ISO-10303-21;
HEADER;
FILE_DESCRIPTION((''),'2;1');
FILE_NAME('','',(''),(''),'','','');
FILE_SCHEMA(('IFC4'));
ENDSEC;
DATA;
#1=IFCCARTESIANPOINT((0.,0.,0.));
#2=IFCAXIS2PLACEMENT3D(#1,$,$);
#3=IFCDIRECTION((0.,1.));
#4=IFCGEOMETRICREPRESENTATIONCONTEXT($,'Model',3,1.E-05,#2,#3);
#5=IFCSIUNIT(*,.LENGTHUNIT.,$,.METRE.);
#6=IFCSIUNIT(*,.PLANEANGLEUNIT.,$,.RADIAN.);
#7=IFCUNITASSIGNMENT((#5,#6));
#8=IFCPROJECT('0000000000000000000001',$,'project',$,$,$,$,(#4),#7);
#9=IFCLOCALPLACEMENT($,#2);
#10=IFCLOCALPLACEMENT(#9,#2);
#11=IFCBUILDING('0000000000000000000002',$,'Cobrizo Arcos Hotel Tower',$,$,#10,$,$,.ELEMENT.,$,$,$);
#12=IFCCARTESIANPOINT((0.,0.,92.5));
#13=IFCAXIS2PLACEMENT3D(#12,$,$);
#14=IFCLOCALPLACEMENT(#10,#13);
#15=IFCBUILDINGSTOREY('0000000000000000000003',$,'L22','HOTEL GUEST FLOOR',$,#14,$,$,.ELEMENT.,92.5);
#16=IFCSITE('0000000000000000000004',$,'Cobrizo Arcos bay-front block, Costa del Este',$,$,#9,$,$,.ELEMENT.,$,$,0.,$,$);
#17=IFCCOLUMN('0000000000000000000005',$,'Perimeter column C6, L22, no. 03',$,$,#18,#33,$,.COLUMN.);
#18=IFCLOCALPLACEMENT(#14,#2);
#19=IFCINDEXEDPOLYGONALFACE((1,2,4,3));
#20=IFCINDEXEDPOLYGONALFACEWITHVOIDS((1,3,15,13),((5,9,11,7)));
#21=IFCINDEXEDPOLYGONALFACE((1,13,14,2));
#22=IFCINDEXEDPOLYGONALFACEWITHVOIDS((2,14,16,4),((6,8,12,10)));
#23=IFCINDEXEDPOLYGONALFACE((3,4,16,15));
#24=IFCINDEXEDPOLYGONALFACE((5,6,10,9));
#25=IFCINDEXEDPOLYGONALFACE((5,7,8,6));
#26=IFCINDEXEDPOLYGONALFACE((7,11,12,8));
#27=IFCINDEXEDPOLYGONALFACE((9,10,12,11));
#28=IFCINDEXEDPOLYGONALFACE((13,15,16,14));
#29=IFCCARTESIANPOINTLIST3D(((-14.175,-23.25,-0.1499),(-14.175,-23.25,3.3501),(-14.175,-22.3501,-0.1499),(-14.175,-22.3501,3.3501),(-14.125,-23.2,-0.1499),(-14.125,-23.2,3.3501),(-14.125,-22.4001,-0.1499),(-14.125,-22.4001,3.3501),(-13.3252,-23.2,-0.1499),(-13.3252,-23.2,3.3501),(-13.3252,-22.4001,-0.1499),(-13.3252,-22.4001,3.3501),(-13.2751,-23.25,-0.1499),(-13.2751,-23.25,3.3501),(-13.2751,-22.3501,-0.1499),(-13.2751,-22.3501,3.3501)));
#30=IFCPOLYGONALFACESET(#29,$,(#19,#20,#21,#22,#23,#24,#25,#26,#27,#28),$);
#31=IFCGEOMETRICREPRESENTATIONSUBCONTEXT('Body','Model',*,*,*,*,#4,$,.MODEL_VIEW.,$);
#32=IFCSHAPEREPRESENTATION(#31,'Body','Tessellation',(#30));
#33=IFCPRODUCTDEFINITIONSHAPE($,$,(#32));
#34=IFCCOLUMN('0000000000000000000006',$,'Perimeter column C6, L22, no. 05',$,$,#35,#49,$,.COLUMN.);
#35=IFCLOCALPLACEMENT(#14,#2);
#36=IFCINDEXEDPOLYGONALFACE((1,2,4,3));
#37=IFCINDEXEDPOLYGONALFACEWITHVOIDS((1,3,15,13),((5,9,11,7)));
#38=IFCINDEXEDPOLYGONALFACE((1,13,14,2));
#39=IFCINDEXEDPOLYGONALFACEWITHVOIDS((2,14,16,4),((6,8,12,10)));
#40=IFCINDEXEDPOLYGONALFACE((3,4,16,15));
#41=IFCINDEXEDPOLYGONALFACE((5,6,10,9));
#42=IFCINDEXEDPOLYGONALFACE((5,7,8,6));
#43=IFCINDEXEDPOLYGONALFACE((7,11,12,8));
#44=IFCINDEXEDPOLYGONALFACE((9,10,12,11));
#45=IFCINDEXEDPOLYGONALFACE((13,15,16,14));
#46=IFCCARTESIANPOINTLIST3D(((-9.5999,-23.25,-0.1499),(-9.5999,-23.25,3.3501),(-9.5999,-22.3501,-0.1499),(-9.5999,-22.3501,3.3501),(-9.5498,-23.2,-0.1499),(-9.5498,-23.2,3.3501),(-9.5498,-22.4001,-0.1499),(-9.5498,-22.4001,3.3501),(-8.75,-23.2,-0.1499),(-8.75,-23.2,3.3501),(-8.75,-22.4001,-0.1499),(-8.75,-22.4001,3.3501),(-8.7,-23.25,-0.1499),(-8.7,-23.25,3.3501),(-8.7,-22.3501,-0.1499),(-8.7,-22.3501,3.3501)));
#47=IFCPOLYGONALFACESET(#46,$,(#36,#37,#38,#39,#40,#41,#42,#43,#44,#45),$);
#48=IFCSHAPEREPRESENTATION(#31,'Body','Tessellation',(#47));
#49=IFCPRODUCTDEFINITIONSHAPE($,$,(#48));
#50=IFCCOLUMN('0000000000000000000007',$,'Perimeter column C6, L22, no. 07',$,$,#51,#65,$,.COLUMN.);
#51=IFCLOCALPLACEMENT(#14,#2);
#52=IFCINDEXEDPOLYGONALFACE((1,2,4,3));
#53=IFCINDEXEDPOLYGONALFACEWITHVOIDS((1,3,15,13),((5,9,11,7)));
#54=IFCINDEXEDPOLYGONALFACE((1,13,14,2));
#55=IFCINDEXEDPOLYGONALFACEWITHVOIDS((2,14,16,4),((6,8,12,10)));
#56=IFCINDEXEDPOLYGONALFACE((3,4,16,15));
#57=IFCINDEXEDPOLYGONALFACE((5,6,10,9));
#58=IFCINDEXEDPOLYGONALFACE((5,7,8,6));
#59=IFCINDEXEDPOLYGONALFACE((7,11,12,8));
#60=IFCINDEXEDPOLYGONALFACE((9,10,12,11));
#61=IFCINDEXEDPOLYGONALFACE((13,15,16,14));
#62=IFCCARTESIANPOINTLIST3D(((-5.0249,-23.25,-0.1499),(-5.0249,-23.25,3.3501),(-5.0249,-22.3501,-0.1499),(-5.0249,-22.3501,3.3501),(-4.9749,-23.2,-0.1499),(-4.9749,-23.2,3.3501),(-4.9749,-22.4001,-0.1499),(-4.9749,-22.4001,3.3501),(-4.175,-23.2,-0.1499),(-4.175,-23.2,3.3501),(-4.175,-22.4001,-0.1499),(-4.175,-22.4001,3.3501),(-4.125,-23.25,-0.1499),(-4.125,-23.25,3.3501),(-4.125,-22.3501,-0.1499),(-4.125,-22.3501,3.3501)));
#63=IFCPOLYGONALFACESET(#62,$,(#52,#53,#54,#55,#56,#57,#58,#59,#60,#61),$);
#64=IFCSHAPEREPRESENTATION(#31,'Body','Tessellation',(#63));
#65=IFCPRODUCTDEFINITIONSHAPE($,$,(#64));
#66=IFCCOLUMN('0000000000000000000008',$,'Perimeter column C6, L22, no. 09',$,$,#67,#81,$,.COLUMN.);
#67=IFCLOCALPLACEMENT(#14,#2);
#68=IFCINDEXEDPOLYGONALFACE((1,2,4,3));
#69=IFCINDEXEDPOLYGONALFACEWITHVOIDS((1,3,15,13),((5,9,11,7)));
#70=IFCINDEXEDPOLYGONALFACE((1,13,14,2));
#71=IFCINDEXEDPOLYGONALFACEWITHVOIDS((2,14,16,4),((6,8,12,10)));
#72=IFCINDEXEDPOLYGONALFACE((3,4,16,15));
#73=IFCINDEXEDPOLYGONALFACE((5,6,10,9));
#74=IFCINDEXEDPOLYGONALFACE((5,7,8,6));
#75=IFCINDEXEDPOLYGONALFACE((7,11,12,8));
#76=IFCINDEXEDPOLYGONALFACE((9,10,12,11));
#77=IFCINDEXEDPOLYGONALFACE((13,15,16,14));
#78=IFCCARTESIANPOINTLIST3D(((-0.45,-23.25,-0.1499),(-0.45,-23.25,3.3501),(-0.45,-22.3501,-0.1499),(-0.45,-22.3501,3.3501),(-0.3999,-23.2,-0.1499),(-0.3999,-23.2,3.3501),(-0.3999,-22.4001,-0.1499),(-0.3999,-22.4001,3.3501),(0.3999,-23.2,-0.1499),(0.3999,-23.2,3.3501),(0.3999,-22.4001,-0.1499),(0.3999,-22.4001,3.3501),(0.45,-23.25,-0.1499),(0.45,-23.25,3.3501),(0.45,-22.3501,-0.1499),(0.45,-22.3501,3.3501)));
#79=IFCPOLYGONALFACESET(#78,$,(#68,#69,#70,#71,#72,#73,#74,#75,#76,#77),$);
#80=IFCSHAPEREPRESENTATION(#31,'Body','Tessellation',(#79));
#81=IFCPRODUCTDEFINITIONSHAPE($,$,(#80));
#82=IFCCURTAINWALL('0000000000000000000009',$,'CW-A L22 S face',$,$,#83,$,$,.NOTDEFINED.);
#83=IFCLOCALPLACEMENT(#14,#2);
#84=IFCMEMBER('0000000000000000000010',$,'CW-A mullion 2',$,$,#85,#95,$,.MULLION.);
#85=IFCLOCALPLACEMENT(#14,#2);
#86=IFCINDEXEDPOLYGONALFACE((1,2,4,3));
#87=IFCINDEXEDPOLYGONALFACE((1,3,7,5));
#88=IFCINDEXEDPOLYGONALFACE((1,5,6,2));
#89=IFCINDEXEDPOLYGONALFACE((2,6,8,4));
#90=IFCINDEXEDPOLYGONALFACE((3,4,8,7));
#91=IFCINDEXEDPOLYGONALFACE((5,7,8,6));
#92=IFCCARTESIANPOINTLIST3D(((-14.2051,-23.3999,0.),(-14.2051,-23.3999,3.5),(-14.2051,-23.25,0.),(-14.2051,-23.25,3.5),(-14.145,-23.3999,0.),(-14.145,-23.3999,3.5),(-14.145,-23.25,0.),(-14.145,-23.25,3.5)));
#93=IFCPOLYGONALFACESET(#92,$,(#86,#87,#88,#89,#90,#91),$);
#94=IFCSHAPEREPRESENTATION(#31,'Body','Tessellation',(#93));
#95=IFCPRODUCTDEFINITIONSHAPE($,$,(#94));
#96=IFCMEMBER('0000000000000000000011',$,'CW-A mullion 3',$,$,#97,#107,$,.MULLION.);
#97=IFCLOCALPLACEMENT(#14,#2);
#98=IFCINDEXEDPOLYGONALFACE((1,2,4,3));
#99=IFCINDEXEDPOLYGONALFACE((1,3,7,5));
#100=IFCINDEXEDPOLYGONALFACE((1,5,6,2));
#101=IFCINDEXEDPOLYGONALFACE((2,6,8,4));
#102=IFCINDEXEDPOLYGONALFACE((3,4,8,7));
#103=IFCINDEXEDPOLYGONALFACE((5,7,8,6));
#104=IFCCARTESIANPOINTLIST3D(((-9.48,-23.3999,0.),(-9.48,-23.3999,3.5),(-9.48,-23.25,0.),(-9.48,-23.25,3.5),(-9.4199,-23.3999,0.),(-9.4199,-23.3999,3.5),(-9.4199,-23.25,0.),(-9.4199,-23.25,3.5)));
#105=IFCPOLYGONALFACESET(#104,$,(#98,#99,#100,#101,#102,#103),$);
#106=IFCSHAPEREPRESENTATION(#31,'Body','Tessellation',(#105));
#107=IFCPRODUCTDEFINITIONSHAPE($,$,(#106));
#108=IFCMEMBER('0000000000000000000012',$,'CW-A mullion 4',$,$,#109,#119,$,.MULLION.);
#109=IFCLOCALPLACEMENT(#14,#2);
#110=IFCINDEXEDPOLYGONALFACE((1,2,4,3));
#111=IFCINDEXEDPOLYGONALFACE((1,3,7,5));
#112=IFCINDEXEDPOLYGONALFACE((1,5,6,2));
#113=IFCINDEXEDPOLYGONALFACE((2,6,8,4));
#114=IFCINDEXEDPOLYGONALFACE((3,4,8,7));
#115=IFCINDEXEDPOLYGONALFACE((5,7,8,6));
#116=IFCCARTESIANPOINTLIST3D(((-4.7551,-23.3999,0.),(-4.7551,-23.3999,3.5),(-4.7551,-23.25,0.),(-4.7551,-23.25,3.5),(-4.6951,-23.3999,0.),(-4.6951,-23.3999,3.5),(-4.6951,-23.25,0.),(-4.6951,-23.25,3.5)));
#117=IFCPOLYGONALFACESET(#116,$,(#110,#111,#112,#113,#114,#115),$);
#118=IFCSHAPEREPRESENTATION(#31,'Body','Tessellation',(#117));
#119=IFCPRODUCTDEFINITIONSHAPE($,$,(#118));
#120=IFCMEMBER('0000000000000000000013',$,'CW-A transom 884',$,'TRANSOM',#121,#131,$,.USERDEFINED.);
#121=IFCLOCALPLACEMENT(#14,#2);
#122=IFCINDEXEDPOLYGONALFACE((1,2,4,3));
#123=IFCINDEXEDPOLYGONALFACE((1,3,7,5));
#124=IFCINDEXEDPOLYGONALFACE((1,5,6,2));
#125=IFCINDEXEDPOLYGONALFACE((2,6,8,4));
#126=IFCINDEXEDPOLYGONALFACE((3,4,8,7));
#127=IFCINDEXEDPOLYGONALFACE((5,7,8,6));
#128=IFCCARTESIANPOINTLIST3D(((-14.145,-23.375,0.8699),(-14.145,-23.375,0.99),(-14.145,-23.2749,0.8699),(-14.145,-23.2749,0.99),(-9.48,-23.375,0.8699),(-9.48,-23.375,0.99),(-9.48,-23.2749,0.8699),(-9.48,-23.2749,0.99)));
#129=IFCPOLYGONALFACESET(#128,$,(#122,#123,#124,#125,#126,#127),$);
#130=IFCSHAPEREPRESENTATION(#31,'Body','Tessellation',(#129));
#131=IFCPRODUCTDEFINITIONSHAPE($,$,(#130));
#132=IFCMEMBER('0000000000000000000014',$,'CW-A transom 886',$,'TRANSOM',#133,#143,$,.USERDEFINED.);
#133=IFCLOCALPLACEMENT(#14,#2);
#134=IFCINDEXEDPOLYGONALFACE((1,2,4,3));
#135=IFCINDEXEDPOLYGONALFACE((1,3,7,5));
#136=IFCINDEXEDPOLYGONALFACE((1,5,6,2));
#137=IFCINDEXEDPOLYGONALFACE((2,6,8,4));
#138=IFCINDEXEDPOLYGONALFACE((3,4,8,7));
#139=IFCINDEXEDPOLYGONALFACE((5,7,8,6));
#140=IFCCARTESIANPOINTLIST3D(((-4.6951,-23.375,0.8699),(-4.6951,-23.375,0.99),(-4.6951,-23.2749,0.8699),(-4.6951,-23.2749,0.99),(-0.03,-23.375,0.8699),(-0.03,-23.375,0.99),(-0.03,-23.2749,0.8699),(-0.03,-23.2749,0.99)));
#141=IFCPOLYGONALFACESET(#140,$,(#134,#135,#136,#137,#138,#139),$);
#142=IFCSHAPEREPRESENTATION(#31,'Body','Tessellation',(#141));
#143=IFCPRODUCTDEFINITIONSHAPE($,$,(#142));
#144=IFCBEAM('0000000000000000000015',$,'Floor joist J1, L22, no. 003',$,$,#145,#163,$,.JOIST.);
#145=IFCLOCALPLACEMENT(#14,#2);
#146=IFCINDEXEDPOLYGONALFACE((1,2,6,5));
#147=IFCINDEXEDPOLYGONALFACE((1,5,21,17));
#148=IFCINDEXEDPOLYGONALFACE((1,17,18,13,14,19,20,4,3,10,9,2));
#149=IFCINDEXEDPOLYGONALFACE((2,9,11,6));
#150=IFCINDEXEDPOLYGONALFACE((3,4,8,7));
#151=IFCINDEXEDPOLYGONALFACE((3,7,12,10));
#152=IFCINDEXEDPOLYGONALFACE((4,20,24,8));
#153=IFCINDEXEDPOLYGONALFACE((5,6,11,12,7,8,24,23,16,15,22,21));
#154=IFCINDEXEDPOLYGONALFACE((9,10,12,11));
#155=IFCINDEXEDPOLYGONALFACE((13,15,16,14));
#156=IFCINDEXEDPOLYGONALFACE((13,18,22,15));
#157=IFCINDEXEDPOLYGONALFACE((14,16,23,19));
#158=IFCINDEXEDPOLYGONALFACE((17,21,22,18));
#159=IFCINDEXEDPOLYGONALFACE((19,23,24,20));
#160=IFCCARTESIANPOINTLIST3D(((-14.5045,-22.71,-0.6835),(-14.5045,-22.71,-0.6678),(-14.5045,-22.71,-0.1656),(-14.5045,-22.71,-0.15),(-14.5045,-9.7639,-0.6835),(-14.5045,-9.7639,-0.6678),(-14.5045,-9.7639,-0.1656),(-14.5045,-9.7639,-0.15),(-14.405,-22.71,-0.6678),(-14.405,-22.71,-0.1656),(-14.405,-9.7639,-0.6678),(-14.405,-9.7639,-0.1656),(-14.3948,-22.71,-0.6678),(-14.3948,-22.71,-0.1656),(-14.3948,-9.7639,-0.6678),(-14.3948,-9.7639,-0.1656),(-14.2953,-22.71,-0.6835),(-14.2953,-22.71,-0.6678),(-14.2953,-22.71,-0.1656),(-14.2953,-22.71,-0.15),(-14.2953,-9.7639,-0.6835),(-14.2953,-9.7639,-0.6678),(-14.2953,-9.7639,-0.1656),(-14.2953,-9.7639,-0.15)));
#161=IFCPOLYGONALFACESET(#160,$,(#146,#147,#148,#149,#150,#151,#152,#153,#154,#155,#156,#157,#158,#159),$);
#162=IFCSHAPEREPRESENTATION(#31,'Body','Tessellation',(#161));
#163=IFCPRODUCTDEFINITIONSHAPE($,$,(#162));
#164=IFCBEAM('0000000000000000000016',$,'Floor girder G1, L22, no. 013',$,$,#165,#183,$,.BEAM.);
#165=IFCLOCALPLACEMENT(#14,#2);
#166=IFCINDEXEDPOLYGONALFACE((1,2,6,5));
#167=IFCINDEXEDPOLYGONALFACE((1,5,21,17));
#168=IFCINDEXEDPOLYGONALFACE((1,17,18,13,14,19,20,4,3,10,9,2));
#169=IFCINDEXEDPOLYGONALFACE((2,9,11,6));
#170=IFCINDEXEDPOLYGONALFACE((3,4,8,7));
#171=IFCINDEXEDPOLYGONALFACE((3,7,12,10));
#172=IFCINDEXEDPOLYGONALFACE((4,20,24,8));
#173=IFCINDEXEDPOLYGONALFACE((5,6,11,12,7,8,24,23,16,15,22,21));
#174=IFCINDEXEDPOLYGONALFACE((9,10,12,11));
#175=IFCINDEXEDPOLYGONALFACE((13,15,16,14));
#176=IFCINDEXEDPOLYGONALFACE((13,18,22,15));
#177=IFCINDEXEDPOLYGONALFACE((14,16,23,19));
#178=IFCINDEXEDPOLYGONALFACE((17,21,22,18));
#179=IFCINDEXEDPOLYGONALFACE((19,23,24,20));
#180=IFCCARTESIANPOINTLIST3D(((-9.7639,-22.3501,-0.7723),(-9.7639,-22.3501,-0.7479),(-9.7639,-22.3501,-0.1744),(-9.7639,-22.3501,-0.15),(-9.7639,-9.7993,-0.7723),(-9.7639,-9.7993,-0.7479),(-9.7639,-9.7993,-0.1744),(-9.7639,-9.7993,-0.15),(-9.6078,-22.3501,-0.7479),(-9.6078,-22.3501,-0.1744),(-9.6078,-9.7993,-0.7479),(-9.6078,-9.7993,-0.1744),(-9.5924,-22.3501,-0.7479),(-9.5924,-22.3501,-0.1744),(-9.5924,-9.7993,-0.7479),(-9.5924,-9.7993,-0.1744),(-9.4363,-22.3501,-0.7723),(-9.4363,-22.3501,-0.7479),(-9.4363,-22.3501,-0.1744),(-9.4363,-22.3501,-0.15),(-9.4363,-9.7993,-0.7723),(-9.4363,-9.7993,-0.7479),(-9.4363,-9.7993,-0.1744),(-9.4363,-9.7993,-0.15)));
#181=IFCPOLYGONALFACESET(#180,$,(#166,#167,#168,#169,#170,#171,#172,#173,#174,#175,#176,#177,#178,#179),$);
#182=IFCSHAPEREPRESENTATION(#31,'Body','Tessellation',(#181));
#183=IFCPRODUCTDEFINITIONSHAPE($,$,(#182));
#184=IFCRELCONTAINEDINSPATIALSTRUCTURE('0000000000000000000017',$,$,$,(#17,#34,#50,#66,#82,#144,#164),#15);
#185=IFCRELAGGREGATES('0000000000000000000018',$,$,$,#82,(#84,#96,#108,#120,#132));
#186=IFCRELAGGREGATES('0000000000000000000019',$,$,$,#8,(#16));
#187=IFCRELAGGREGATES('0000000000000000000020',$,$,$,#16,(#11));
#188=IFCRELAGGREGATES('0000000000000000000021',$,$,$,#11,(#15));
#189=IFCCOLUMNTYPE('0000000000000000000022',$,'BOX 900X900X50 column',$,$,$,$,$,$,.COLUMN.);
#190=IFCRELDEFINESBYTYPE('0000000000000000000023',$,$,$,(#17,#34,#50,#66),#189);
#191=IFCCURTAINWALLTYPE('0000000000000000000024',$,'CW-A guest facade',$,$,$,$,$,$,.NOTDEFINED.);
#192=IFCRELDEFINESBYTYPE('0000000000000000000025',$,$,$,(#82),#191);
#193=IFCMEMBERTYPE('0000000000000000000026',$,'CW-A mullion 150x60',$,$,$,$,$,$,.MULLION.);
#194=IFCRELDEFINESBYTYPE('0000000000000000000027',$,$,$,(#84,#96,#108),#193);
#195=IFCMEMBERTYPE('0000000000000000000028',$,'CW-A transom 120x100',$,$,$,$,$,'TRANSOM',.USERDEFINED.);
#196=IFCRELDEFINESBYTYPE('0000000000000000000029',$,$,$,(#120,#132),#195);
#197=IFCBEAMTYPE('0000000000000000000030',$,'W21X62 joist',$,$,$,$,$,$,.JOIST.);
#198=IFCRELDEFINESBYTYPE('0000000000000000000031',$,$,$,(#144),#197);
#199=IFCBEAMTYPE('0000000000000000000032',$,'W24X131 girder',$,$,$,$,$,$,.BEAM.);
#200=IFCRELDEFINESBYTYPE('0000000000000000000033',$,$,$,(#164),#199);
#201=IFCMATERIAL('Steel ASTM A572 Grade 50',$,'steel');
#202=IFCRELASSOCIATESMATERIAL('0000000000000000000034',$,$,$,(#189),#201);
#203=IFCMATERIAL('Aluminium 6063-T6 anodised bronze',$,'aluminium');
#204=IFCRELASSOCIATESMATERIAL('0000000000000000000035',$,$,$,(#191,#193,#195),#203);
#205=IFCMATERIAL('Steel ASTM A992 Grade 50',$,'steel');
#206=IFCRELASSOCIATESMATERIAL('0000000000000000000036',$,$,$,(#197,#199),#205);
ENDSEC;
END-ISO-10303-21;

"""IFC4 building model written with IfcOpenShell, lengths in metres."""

from ifc_helpers import new_model, si_unit, direction, frame, origin, origin_2d, place, context, subcontext, project, spatial, rectangle, hollow_rectangle, i_section, extrude, material, material_profile, profile_set, type_object, element, aggregate, save


model = new_model("IFC4")

# Units and contexts
model_context = context("Model", 3, precision=1e-05, world=origin(), true_north=direction((0.0, 1.0)))
body_context = subcontext(model_context, "Body", "Model", "MODEL_VIEW")
ifc_project = project(units=[si_unit("LENGTHUNIT", "METRE"), si_unit("PLANEANGLEUNIT", "RADIAN")], contexts=[model_context])

# Site, building, storey
site_placement = place(None, origin())
site = spatial("IfcSite", under=ifc_project, at=site_placement, Name="Cobrizo Arcos bay-front block, Costa del Este", CompositionType="ELEMENT", RefElevation=0.0)
building_placement = place(site_placement, origin())
building = spatial("IfcBuilding", under=site, at=building_placement, Name="Cobrizo Arcos Hotel Tower", CompositionType="ELEMENT")
storey_placement = place(building_placement, frame((0.0, 0.0, 92.5)))
storey = spatial("IfcBuildingStorey", under=building, at=storey_placement, Name="L22", Description="HOTEL GUEST FLOOR", CompositionType="ELEMENT", Elevation=92.5)

# Columns
ifc_material_1 = material(Name="Steel ASTM A572 Grade 50", Category="steel")
ifc_material_profile_1 = material_profile(ifc_material_1, hollow_rectangle(XDim=0.8999, YDim=0.8999, WallThickness=0.05, at=origin_2d()), Name="BOX 900X900X50")
ifc_profile_set_1 = profile_set([ifc_material_profile_1], Name="Steel ASTM A572 Grade 50")
column_type = type_object("IfcColumnType", Name="BOX 900X900X50 column", PredefinedType="COLUMN", material=ifc_profile_set_1)
for number, where, z_axis, x_axis, name in (
    (1, (-13.7251, -22.8, -0.1499), (0.0, 0.0, 1.0), (1.0, 0.0, 0.0), "Perimeter column C6, L22, no. 03"),
    (2, (-9.1499, -22.8, -0.1499), (0.0, 0.0, 1.0), (1.0, 0.0, 0.0), "Perimeter column C6, L22, no. 05"),
    (3, (-4.575, -22.8, -0.1499), (0.0, 0.0, 1.0), (1.0, 0.0, 0.0), "Perimeter column C6, L22, no. 07"),
    (4, (0.0, -22.8, -0.1499), (0.0, 0.0, 1.0), (1.0, 0.0, 0.0), "Perimeter column C6, L22, no. 09"),
):
    element("IfcColumn", number, at=place(storey_placement, frame(where, z_axis=z_axis, x_axis=x_axis)), inside=storey, type_object=column_type, Name=name, PredefinedType="COLUMN", context=body_context, shape_type="SweptSolid", body=[
        extrude(hollow_rectangle(XDim=0.8999, YDim=0.8999, WallThickness=0.05, at=origin_2d()), origin(), (0.0, 0.0, 1.0), 3.5),
    ])

# Curtain wall, members
ifc_material_2 = material(Name="Aluminium 6063-T6 anodised bronze", Category="aluminium")
curtain_wall_type = type_object("IfcCurtainWallType", Name="CW-A guest facade", PredefinedType="NOTDEFINED", material=ifc_material_2)
curtain_wall_placement = place(storey_placement, origin())
curtain_wall = element("IfcCurtainWall", 5, at=curtain_wall_placement, inside=storey, type_object=curtain_wall_type, Name="CW-A L22 S face", PredefinedType="NOTDEFINED")
ifc_material_profile_2 = material_profile(ifc_material_2, rectangle(XDim=0.1499, YDim=0.0601, at=origin_2d()), Name="CW-A mullion 150x60")
ifc_profile_set_2 = profile_set([ifc_material_profile_2], Name="Aluminium 6063-T6 anodised bronze")
member_type_1 = type_object("IfcMemberType", Name="CW-A mullion 150x60", PredefinedType="MULLION", material=ifc_profile_set_2)
member_1_placement = place(storey_placement, frame((-14.175, -23.325, 0.0), z_axis=(0.0, 0.0, 1.0), x_axis=(0.0, -1.0, 0.0)))
member_1 = element("IfcMember", 6, at=member_1_placement, type_object=member_type_1, Name="CW-A mullion 2", PredefinedType="MULLION", context=body_context, shape_type="SweptSolid", body=[
    extrude(rectangle(XDim=0.1499, YDim=0.0601, at=origin_2d()), origin(), (0.0, 0.0, 1.0), 3.5),
])
member_2_placement = place(storey_placement, frame((-9.45, -23.325, 0.0), z_axis=(0.0, 0.0, 1.0), x_axis=(0.0, -1.0, 0.0)))
member_2 = element("IfcMember", 7, at=member_2_placement, type_object=member_type_1, Name="CW-A mullion 3", PredefinedType="MULLION", context=body_context, shape_type="SweptSolid", body=[
    extrude(rectangle(XDim=0.1499, YDim=0.0601, at=origin_2d()), origin(), (0.0, 0.0, 1.0), 3.5),
])
member_3_placement = place(storey_placement, frame((-4.7251, -23.325, 0.0), z_axis=(0.0, 0.0, 1.0), x_axis=(0.0, -1.0, 0.0)))
member_3 = element("IfcMember", 8, at=member_3_placement, type_object=member_type_1, Name="CW-A mullion 4", PredefinedType="MULLION", context=body_context, shape_type="SweptSolid", body=[
    extrude(rectangle(XDim=0.1499, YDim=0.0601, at=origin_2d()), origin(), (0.0, 0.0, 1.0), 3.5),
])
ifc_material_profile_3 = material_profile(ifc_material_2, rectangle(XDim=0.1001, YDim=0.1201, at=origin_2d()), Name="CW-A transom 120x100")
ifc_profile_set_3 = profile_set([ifc_material_profile_3], Name="Aluminium 6063-T6 anodised bronze")
member_type_2 = type_object("IfcMemberType", Name="CW-A transom 120x100", ElementType="TRANSOM", PredefinedType="USERDEFINED", material=ifc_profile_set_3)
member_4_placement = place(storey_placement, frame((-14.145, -23.325, 0.9299), z_axis=(1.0, 0.0, 0.0), x_axis=(0.0, 1.0, 0.0)))
member_4 = element("IfcMember", 9, at=member_4_placement, type_object=member_type_2, Name="CW-A transom 884", ObjectType="TRANSOM", PredefinedType="USERDEFINED", context=body_context, shape_type="SweptSolid", body=[
    extrude(rectangle(XDim=0.1001, YDim=0.1201, at=origin_2d()), origin(), (0.0, 0.0, 1.0), 4.665),
])
member_5_placement = place(storey_placement, frame((-4.6951, -23.325, 0.9299), z_axis=(1.0, 0.0, 0.0), x_axis=(0.0, 1.0, 0.0)))
member_5 = element("IfcMember", 10, at=member_5_placement, type_object=member_type_2, Name="CW-A transom 886", ObjectType="TRANSOM", PredefinedType="USERDEFINED", context=body_context, shape_type="SweptSolid", body=[
    extrude(rectangle(XDim=0.1001, YDim=0.1201, at=origin_2d()), origin(), (0.0, 0.0, 1.0), 4.665),
])

# Beams
ifc_material_3 = material(Name="Steel ASTM A992 Grade 50", Category="steel")
ifc_material_profile_4 = material_profile(ifc_material_3, i_section(OverallWidth=0.2092, OverallDepth=0.5334, WebThickness=0.0103, FlangeThickness=0.0156, at=origin_2d()), Name="W21X62")
ifc_profile_set_4 = profile_set([ifc_material_profile_4], Name="Steel ASTM A992 Grade 50")
beam_type_1 = type_object("IfcBeamType", Name="W21X62 joist", PredefinedType="JOIST", material=ifc_profile_set_4)
beam_1_placement = place(storey_placement, frame((-14.3999, -22.71, -0.4167), z_axis=(0.0, 1.0, 0.0), x_axis=(-1.0, 0.0, 0.0)))
element("IfcBeam", 11, at=beam_1_placement, inside=storey, type_object=beam_type_1, Name="Floor joist J1, L22, no. 003", PredefinedType="JOIST", context=body_context, shape_type="SweptSolid", body=[
    extrude(i_section(OverallWidth=0.2092, OverallDepth=0.5334, WebThickness=0.0103, FlangeThickness=0.0156, at=origin_2d()), origin(), (0.0, 0.0, 1.0), 12.946),
])
ifc_material_profile_5 = material_profile(ifc_material_3, i_section(OverallWidth=0.3276, OverallDepth=0.6223, WebThickness=0.0154, FlangeThickness=0.0244, at=origin_2d()), Name="W24X131")
ifc_profile_set_5 = profile_set([ifc_material_profile_5], Name="Steel ASTM A992 Grade 50")
beam_type_2 = type_object("IfcBeamType", Name="W24X131 girder", PredefinedType="BEAM", material=ifc_profile_set_5)
beam_2_placement = place(storey_placement, frame((-9.6001, -22.3501, -0.4612), z_axis=(0.0, 1.0, 0.0), x_axis=(-1.0, 0.0, 0.0)))
element("IfcBeam", 12, at=beam_2_placement, inside=storey, type_object=beam_type_2, Name="Floor girder G1, L22, no. 013", PredefinedType="BEAM", context=body_context, shape_type="SweptSolid", body=[
    extrude(i_section(OverallWidth=0.3276, OverallDepth=0.6223, WebThickness=0.0154, FlangeThickness=0.0244, at=origin_2d()), origin(), (0.0, 0.0, 1.0), 12.5508),
])

aggregate(curtain_wall, [member_1, member_2, member_3, member_4, member_5])

save(model, "model.ifc")
